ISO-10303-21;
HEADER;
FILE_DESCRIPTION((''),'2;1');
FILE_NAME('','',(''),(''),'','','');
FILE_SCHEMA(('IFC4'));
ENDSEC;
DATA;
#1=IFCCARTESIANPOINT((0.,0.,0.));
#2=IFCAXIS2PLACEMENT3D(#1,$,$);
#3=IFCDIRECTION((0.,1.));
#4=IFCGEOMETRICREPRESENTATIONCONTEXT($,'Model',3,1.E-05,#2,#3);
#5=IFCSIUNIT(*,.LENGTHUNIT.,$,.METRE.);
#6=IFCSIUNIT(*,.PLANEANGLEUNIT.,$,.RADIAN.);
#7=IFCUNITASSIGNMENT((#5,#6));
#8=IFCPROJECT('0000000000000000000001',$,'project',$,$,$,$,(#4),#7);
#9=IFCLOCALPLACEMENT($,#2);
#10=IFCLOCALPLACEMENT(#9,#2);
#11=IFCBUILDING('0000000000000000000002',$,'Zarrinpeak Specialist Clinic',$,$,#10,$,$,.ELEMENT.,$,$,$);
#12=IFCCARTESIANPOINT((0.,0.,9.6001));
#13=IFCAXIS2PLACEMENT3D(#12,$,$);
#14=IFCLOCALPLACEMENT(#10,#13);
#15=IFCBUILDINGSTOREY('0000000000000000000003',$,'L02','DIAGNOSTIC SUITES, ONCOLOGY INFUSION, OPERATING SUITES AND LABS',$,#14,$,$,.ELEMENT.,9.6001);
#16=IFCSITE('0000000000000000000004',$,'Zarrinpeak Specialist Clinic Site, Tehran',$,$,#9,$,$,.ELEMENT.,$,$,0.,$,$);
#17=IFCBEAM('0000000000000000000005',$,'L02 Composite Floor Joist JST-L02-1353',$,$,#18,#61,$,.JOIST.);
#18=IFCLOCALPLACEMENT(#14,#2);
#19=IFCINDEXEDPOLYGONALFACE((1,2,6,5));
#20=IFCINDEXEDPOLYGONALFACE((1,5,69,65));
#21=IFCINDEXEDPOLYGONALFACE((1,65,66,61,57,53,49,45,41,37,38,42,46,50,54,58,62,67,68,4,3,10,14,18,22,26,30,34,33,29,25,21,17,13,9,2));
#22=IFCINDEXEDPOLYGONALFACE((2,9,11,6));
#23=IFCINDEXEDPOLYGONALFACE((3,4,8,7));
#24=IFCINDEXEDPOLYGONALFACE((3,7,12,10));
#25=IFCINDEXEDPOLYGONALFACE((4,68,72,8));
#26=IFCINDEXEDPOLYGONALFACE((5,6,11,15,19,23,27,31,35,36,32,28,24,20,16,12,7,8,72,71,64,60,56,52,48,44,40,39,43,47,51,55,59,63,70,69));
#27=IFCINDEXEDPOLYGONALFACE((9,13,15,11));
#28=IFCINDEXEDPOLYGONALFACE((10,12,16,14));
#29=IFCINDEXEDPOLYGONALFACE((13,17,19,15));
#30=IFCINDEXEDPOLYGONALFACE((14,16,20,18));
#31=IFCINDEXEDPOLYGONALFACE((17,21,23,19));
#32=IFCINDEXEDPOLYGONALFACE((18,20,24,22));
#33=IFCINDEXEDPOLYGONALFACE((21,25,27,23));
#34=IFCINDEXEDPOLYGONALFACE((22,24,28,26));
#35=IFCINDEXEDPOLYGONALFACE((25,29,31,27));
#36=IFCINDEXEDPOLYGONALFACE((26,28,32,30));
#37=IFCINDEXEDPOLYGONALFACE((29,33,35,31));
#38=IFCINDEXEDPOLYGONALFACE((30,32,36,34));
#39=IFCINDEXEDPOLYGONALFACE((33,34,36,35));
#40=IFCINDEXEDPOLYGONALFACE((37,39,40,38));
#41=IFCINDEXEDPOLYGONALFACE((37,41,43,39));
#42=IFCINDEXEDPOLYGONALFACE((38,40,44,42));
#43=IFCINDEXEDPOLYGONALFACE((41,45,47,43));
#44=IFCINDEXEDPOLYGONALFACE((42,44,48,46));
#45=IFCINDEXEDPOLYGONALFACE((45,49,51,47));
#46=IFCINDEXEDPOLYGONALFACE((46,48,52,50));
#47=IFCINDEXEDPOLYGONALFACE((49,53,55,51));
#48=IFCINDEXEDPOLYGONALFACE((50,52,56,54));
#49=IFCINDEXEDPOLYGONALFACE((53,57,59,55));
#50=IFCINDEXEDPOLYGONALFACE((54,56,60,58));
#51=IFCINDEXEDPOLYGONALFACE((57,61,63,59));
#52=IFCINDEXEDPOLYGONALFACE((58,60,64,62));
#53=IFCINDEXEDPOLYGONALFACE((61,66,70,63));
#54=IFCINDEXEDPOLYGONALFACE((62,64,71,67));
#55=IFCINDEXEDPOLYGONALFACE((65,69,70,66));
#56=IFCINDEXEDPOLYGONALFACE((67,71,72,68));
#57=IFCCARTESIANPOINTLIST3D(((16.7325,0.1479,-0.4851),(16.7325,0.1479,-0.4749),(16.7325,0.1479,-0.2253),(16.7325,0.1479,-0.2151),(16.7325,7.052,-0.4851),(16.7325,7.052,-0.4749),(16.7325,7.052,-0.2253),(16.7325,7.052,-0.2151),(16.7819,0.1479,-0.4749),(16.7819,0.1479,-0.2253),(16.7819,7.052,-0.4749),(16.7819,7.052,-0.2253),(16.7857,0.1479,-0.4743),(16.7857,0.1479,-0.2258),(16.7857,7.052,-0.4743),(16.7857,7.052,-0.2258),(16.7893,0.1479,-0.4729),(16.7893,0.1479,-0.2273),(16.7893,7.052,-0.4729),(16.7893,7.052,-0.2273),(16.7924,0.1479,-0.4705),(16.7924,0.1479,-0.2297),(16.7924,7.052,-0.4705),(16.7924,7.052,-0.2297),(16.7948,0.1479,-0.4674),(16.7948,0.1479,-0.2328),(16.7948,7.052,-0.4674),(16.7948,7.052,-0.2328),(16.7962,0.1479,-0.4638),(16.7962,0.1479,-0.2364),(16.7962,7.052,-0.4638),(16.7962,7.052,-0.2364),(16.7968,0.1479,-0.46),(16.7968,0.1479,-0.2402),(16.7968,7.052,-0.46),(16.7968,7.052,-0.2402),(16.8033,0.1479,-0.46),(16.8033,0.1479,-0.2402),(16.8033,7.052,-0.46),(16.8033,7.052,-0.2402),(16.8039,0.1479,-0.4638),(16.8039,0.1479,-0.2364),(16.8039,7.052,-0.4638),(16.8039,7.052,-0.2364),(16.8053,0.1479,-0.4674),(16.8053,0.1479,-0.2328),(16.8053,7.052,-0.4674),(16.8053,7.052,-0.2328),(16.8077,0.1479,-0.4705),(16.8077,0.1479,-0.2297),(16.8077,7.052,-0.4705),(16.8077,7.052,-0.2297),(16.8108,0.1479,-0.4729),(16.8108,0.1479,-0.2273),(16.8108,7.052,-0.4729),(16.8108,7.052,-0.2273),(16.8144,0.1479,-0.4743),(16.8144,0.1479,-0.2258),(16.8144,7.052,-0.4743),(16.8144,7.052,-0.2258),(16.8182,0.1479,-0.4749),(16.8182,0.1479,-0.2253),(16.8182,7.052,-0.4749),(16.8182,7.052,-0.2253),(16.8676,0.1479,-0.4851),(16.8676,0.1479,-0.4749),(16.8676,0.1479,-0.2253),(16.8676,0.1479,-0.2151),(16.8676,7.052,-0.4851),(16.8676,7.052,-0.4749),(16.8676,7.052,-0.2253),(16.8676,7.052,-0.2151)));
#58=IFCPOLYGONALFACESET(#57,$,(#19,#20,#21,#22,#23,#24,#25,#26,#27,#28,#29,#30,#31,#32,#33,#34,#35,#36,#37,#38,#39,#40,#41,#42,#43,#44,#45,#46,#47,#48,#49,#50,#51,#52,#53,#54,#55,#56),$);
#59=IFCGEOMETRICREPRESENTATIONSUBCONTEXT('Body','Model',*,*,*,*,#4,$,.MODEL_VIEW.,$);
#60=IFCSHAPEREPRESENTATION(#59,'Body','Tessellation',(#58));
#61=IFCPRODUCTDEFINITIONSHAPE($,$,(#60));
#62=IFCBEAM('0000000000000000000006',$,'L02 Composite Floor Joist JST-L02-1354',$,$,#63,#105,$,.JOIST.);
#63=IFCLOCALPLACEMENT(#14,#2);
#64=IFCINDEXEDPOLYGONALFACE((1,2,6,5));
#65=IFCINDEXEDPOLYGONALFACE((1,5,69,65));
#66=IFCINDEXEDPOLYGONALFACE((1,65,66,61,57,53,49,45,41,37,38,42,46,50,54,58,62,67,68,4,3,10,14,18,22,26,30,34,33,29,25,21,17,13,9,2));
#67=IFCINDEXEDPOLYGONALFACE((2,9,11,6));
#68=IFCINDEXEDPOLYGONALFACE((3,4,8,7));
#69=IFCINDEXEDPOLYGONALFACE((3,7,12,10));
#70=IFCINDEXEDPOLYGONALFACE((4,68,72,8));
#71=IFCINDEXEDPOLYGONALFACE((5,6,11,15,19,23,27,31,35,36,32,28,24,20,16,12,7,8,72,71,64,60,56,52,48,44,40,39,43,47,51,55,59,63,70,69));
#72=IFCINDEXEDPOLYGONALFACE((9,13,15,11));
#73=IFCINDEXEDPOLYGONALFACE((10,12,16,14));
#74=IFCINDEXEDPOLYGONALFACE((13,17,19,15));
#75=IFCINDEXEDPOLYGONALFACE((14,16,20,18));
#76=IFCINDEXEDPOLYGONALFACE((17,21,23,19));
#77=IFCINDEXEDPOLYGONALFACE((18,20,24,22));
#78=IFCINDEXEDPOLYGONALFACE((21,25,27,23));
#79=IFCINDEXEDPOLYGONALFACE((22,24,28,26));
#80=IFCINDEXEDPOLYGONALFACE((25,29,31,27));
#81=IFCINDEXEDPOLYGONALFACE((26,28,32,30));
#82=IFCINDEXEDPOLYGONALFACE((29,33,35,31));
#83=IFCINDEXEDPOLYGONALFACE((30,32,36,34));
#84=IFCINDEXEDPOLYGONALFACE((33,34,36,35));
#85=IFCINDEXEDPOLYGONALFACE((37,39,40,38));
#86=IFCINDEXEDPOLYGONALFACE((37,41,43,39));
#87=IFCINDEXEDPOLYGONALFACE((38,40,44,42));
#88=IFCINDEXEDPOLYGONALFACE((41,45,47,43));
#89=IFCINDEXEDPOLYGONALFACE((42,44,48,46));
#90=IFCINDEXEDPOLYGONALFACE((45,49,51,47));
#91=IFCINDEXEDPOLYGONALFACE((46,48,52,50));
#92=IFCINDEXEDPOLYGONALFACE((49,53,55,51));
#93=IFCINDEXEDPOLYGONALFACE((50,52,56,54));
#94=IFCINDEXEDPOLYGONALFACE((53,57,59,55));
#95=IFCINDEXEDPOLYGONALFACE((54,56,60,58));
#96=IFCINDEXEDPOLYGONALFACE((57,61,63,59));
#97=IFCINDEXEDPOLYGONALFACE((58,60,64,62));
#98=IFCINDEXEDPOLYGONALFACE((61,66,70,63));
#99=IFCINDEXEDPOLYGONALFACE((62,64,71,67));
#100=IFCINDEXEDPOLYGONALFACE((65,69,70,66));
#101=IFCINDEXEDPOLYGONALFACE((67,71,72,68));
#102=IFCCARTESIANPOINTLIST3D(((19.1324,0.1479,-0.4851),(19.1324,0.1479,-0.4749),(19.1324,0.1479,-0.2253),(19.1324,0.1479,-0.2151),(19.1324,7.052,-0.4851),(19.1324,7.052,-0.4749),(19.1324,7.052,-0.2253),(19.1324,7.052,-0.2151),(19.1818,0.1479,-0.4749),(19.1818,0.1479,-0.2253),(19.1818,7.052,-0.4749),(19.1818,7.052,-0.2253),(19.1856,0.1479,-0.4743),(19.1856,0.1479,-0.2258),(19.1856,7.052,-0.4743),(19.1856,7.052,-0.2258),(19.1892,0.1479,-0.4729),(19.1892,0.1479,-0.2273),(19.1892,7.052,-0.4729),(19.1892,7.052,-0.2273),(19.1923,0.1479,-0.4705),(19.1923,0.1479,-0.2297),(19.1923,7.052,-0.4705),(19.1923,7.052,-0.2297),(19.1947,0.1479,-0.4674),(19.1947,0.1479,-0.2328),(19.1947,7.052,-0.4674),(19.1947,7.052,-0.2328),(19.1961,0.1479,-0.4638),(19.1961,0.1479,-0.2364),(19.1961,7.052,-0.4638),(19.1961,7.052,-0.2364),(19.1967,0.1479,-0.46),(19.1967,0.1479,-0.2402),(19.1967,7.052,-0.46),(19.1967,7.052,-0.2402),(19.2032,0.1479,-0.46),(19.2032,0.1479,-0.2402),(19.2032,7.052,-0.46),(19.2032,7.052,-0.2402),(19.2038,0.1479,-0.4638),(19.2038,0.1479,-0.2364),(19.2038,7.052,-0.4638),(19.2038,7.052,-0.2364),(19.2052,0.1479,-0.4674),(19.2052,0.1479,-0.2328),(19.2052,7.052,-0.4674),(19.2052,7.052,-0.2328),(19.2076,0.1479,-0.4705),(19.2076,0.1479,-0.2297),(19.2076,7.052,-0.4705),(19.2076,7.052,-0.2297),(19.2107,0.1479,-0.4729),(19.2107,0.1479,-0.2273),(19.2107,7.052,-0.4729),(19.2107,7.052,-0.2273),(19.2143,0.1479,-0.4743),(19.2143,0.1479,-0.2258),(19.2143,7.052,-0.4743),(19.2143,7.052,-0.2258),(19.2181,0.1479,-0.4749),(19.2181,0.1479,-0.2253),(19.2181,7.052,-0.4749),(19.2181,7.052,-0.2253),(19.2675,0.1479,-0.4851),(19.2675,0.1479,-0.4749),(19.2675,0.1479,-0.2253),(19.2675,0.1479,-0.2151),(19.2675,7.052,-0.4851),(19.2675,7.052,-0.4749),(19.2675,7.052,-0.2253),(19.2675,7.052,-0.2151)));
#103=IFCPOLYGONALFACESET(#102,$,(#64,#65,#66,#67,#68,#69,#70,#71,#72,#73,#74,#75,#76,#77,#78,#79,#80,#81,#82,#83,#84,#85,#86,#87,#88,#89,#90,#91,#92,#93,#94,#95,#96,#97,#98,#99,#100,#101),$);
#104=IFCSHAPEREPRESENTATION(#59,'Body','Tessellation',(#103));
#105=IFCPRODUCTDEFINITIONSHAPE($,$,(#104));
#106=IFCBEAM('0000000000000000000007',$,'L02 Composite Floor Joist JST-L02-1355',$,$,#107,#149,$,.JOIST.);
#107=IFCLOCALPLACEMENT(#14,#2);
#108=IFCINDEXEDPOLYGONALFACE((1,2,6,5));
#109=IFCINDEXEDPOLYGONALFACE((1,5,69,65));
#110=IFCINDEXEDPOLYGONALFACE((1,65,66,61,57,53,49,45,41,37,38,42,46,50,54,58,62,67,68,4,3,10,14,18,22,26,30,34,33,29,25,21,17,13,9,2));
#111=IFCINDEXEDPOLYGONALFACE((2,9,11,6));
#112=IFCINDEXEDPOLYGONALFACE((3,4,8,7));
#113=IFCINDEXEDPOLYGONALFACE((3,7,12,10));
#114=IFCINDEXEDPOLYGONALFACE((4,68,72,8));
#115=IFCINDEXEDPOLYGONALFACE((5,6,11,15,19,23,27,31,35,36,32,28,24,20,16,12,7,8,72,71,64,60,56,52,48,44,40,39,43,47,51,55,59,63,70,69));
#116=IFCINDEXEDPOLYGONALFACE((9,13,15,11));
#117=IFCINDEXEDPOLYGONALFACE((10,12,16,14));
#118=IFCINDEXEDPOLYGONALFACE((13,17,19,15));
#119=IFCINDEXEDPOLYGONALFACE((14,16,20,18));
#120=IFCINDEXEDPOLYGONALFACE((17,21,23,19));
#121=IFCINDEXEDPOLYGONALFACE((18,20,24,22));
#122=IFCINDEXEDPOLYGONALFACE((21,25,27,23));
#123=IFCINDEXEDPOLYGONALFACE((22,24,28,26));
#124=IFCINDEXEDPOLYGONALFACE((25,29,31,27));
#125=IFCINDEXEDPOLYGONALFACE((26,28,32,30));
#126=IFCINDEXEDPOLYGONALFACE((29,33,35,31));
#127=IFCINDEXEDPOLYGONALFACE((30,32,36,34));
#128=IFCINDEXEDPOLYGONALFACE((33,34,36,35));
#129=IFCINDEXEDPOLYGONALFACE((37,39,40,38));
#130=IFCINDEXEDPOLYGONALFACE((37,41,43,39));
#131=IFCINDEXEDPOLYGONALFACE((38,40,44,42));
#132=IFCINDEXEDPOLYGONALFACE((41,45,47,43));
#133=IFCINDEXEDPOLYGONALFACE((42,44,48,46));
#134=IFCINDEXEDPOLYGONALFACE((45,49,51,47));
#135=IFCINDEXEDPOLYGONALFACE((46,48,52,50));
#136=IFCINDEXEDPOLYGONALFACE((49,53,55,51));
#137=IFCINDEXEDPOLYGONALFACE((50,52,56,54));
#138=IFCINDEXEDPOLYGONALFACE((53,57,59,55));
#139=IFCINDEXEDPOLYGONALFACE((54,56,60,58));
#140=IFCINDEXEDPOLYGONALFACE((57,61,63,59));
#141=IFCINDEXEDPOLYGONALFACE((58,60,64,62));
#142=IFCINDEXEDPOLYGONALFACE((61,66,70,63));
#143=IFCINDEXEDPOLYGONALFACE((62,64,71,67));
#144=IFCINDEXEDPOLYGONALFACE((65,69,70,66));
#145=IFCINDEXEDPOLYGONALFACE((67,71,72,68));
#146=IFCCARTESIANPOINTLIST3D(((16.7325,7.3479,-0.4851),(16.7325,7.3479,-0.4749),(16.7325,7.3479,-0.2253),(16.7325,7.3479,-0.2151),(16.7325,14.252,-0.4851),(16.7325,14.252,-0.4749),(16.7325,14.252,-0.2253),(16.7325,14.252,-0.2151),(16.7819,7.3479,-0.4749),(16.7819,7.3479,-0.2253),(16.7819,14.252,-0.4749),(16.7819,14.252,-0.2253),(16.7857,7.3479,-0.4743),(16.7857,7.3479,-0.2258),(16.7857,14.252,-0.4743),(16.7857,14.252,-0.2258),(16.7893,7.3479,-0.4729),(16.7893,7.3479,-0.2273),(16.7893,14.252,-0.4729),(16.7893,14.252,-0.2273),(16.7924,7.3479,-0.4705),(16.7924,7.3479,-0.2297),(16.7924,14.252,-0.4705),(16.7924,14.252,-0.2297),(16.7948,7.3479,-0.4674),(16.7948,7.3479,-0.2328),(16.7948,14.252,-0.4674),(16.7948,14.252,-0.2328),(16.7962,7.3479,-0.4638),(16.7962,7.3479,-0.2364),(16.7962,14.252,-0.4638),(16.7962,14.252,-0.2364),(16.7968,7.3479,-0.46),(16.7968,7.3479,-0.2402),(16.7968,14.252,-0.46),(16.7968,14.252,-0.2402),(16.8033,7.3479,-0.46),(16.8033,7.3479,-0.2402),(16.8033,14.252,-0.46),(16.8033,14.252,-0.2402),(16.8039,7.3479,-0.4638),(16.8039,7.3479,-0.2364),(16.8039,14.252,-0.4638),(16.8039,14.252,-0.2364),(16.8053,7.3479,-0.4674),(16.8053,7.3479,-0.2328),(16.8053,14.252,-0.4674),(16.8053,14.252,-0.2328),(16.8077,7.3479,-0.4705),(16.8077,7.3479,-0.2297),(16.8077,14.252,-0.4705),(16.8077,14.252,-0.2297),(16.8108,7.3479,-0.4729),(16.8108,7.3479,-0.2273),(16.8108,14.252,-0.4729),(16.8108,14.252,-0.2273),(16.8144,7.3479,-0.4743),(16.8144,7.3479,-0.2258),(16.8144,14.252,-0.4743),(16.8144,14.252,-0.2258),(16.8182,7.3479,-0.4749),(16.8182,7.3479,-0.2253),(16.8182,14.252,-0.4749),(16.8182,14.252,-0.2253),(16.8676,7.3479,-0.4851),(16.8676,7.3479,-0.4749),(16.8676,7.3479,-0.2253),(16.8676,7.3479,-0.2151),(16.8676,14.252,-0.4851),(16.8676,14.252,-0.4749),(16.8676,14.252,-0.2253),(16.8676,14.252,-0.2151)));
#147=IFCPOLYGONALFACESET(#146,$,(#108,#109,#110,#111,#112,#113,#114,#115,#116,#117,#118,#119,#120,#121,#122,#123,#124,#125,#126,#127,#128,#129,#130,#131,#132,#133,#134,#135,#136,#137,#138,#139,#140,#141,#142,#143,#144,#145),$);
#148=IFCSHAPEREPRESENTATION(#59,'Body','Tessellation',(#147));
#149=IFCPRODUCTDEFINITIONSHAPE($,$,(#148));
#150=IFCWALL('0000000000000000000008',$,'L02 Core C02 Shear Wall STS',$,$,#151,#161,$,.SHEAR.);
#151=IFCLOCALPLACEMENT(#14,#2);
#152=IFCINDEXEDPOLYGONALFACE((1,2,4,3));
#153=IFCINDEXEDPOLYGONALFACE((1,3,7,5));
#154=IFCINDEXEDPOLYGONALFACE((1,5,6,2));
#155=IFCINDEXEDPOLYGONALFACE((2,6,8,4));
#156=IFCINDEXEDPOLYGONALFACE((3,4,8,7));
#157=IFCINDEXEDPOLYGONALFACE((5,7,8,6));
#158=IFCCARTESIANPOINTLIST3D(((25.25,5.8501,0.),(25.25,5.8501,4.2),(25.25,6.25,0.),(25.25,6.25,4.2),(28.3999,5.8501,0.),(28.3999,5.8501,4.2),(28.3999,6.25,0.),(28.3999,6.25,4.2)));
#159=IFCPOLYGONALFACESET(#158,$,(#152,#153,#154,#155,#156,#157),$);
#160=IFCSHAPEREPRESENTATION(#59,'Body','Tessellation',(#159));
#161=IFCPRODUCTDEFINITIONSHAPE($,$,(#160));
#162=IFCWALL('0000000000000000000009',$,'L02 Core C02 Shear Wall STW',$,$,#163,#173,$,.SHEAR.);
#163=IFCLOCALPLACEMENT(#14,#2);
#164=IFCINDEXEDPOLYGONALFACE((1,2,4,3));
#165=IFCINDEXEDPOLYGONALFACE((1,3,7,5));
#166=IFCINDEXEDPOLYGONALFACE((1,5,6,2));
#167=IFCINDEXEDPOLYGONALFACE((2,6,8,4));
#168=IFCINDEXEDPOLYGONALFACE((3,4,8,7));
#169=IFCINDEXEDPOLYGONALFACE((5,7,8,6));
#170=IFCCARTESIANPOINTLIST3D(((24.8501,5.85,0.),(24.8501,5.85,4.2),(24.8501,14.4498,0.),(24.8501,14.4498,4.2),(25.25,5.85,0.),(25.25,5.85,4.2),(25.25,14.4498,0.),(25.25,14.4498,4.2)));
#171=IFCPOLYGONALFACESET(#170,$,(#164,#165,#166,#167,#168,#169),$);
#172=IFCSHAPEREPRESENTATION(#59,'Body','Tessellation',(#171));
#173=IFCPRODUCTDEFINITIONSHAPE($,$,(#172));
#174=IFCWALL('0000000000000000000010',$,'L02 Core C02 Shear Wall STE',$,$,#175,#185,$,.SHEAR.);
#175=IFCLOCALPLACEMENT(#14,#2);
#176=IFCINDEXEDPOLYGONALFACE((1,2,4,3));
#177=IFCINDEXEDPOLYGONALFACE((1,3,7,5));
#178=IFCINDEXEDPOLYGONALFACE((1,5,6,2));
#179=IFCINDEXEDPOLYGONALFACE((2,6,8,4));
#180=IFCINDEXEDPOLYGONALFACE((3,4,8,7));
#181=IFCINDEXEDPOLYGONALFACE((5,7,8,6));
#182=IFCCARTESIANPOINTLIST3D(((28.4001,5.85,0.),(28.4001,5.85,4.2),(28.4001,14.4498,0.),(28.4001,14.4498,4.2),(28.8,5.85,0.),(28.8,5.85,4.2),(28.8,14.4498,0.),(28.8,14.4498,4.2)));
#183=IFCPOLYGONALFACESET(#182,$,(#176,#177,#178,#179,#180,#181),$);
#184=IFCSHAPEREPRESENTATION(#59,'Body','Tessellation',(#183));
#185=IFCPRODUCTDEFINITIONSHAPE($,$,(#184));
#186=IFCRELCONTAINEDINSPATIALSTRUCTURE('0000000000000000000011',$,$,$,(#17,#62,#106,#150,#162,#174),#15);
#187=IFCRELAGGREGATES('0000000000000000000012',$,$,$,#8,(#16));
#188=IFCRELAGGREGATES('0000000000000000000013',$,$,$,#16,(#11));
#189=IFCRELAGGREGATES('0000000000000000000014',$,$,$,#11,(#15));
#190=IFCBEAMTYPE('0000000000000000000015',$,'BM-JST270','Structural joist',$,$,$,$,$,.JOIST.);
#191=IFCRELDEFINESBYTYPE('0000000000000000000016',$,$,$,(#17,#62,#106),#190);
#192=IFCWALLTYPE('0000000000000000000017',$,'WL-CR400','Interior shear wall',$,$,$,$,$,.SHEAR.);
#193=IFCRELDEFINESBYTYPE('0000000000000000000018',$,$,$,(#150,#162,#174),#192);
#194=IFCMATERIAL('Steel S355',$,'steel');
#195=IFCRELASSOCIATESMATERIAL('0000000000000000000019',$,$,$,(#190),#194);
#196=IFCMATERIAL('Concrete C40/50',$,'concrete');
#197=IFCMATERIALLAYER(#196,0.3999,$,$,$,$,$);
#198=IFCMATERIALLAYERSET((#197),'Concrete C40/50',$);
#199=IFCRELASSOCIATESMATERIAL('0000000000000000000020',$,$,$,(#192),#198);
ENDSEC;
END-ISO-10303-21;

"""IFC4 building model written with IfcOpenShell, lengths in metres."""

from ifc_helpers import new_model, si_unit, direction, frame, frame_2d, origin, origin_2d, place, context, subcontext, project, spatial, rectangle, i_section, extrude, material, layer, layer_set, material_profile, profile_set, type_object, element, save


model = new_model("IFC4")

# Units and contexts
model_context = context("Model", 3, precision=1e-05, world=origin(), true_north=direction((0.0, 1.0)))
body_context = subcontext(model_context, "Body", "Model", "MODEL_VIEW")
ifc_project = project(units=[si_unit("LENGTHUNIT", "METRE"), si_unit("PLANEANGLEUNIT", "RADIAN")], contexts=[model_context])

# Site, building, storey
site_placement = place(None, origin())
site = spatial("IfcSite", under=ifc_project, at=site_placement, Name="Zarrinpeak Specialist Clinic Site, Tehran", CompositionType="ELEMENT", RefElevation=0.0)
building_placement = place(site_placement, origin())
building = spatial("IfcBuilding", under=site, at=building_placement, Name="Zarrinpeak Specialist Clinic", CompositionType="ELEMENT")
storey_placement = place(building_placement, frame((0.0, 0.0, 9.6001)))
storey = spatial("IfcBuildingStorey", under=building, at=storey_placement, Name="L02", Description="DIAGNOSTIC SUITES, ONCOLOGY INFUSION, OPERATING SUITES AND LABS", CompositionType="ELEMENT", Elevation=9.6001)

# Shared definitions
ifc_material_1 = material(Name="Steel S355", Category="steel")

# Beams
ifc_material_profile_1 = material_profile(ifc_material_1, i_section(OverallWidth=0.135, OverallDepth=0.27, WebThickness=0.0066, FlangeThickness=0.0103, FilletRadius=0.0149, at=origin_2d()), Name="IPE 270")
ifc_profile_set_1 = profile_set([ifc_material_profile_1], Name="Steel S355")
beam_type_1 = type_object("IfcBeamType", Name="BM-JST270", Description="Structural joist", PredefinedType="JOIST", material=ifc_profile_set_1)
for number, where, z_axis, x_axis, name in (
    (1, (16.8, 0.1479, -0.3501), (0.0, 1.0, 0.0), (-1.0, 0.0, 0.0), "L02 Composite Floor Joist JST-L02-1353"),
    (2, (19.2, 0.1479, -0.3501), (0.0, 1.0, 0.0), (-1.0, 0.0, 0.0), "L02 Composite Floor Joist JST-L02-1354"),
    (3, (16.8, 7.3479, -0.3501), (0.0, 1.0, 0.0), (-1.0, 0.0, 0.0), "L02 Composite Floor Joist JST-L02-1355"),
):
    element("IfcBeam", number, at=place(storey_placement, frame(where, z_axis=z_axis, x_axis=x_axis)), inside=storey, type_object=beam_type_1, Name=name, PredefinedType="JOIST", context=body_context, shape_type="SweptSolid", body=[
        extrude(i_section(OverallWidth=0.135, OverallDepth=0.27, WebThickness=0.0066, FlangeThickness=0.0103, FilletRadius=0.0149, at=origin_2d()), origin(), (0.0, 0.0, 1.0), 6.9041),
    ])

# Walls
ifc_material_2 = material(Name="Concrete C40/50", Category="concrete")
ifc_layer_1 = layer(ifc_material_2, 0.3999)
ifc_layer_set_1 = layer_set([ifc_layer_1], Name="Concrete C40/50")
wall_type_1 = type_object("IfcWallType", Name="WL-CR400", Description="Interior shear wall", PredefinedType="SHEAR", material=ifc_layer_set_1)
wall_1_placement = place(storey_placement, frame((25.25, 6.05, 0.0), z_axis=(0.0, 0.0, 1.0), x_axis=(1.0, 0.0, 0.0)))
element("IfcWall", 4, at=wall_1_placement, inside=storey, type_object=wall_type_1, Name="L02 Core C02 Shear Wall STS", PredefinedType="SHEAR", context=body_context, shape_type="SweptSolid", body=[
    extrude(rectangle(XDim=3.1499, YDim=0.3999, at=frame_2d((1.575, 0.0))), origin(), (0.0, 0.0, 1.0), 4.2),
])
for number, where, z_axis, x_axis, name in (
    (5, (25.05, 5.8501, 0.0), (0.0, 0.0, 1.0), (0.0, 1.0, 0.0), "L02 Core C02 Shear Wall STW"),
    (6, (28.6001, 5.8501, 0.0), (0.0, 0.0, 1.0), (0.0, 1.0, 0.0), "L02 Core C02 Shear Wall STE"),
):
    element("IfcWall", number, at=place(storey_placement, frame(where, z_axis=z_axis, x_axis=x_axis)), inside=storey, type_object=wall_type_1, Name=name, PredefinedType="SHEAR", context=body_context, shape_type="SweptSolid", body=[
        extrude(rectangle(XDim=8.5999, YDim=0.3999, at=frame_2d((4.2998, 0.0))), origin(), (0.0, 0.0, 1.0), 4.2),
    ])

save(model, "model.ifc")
